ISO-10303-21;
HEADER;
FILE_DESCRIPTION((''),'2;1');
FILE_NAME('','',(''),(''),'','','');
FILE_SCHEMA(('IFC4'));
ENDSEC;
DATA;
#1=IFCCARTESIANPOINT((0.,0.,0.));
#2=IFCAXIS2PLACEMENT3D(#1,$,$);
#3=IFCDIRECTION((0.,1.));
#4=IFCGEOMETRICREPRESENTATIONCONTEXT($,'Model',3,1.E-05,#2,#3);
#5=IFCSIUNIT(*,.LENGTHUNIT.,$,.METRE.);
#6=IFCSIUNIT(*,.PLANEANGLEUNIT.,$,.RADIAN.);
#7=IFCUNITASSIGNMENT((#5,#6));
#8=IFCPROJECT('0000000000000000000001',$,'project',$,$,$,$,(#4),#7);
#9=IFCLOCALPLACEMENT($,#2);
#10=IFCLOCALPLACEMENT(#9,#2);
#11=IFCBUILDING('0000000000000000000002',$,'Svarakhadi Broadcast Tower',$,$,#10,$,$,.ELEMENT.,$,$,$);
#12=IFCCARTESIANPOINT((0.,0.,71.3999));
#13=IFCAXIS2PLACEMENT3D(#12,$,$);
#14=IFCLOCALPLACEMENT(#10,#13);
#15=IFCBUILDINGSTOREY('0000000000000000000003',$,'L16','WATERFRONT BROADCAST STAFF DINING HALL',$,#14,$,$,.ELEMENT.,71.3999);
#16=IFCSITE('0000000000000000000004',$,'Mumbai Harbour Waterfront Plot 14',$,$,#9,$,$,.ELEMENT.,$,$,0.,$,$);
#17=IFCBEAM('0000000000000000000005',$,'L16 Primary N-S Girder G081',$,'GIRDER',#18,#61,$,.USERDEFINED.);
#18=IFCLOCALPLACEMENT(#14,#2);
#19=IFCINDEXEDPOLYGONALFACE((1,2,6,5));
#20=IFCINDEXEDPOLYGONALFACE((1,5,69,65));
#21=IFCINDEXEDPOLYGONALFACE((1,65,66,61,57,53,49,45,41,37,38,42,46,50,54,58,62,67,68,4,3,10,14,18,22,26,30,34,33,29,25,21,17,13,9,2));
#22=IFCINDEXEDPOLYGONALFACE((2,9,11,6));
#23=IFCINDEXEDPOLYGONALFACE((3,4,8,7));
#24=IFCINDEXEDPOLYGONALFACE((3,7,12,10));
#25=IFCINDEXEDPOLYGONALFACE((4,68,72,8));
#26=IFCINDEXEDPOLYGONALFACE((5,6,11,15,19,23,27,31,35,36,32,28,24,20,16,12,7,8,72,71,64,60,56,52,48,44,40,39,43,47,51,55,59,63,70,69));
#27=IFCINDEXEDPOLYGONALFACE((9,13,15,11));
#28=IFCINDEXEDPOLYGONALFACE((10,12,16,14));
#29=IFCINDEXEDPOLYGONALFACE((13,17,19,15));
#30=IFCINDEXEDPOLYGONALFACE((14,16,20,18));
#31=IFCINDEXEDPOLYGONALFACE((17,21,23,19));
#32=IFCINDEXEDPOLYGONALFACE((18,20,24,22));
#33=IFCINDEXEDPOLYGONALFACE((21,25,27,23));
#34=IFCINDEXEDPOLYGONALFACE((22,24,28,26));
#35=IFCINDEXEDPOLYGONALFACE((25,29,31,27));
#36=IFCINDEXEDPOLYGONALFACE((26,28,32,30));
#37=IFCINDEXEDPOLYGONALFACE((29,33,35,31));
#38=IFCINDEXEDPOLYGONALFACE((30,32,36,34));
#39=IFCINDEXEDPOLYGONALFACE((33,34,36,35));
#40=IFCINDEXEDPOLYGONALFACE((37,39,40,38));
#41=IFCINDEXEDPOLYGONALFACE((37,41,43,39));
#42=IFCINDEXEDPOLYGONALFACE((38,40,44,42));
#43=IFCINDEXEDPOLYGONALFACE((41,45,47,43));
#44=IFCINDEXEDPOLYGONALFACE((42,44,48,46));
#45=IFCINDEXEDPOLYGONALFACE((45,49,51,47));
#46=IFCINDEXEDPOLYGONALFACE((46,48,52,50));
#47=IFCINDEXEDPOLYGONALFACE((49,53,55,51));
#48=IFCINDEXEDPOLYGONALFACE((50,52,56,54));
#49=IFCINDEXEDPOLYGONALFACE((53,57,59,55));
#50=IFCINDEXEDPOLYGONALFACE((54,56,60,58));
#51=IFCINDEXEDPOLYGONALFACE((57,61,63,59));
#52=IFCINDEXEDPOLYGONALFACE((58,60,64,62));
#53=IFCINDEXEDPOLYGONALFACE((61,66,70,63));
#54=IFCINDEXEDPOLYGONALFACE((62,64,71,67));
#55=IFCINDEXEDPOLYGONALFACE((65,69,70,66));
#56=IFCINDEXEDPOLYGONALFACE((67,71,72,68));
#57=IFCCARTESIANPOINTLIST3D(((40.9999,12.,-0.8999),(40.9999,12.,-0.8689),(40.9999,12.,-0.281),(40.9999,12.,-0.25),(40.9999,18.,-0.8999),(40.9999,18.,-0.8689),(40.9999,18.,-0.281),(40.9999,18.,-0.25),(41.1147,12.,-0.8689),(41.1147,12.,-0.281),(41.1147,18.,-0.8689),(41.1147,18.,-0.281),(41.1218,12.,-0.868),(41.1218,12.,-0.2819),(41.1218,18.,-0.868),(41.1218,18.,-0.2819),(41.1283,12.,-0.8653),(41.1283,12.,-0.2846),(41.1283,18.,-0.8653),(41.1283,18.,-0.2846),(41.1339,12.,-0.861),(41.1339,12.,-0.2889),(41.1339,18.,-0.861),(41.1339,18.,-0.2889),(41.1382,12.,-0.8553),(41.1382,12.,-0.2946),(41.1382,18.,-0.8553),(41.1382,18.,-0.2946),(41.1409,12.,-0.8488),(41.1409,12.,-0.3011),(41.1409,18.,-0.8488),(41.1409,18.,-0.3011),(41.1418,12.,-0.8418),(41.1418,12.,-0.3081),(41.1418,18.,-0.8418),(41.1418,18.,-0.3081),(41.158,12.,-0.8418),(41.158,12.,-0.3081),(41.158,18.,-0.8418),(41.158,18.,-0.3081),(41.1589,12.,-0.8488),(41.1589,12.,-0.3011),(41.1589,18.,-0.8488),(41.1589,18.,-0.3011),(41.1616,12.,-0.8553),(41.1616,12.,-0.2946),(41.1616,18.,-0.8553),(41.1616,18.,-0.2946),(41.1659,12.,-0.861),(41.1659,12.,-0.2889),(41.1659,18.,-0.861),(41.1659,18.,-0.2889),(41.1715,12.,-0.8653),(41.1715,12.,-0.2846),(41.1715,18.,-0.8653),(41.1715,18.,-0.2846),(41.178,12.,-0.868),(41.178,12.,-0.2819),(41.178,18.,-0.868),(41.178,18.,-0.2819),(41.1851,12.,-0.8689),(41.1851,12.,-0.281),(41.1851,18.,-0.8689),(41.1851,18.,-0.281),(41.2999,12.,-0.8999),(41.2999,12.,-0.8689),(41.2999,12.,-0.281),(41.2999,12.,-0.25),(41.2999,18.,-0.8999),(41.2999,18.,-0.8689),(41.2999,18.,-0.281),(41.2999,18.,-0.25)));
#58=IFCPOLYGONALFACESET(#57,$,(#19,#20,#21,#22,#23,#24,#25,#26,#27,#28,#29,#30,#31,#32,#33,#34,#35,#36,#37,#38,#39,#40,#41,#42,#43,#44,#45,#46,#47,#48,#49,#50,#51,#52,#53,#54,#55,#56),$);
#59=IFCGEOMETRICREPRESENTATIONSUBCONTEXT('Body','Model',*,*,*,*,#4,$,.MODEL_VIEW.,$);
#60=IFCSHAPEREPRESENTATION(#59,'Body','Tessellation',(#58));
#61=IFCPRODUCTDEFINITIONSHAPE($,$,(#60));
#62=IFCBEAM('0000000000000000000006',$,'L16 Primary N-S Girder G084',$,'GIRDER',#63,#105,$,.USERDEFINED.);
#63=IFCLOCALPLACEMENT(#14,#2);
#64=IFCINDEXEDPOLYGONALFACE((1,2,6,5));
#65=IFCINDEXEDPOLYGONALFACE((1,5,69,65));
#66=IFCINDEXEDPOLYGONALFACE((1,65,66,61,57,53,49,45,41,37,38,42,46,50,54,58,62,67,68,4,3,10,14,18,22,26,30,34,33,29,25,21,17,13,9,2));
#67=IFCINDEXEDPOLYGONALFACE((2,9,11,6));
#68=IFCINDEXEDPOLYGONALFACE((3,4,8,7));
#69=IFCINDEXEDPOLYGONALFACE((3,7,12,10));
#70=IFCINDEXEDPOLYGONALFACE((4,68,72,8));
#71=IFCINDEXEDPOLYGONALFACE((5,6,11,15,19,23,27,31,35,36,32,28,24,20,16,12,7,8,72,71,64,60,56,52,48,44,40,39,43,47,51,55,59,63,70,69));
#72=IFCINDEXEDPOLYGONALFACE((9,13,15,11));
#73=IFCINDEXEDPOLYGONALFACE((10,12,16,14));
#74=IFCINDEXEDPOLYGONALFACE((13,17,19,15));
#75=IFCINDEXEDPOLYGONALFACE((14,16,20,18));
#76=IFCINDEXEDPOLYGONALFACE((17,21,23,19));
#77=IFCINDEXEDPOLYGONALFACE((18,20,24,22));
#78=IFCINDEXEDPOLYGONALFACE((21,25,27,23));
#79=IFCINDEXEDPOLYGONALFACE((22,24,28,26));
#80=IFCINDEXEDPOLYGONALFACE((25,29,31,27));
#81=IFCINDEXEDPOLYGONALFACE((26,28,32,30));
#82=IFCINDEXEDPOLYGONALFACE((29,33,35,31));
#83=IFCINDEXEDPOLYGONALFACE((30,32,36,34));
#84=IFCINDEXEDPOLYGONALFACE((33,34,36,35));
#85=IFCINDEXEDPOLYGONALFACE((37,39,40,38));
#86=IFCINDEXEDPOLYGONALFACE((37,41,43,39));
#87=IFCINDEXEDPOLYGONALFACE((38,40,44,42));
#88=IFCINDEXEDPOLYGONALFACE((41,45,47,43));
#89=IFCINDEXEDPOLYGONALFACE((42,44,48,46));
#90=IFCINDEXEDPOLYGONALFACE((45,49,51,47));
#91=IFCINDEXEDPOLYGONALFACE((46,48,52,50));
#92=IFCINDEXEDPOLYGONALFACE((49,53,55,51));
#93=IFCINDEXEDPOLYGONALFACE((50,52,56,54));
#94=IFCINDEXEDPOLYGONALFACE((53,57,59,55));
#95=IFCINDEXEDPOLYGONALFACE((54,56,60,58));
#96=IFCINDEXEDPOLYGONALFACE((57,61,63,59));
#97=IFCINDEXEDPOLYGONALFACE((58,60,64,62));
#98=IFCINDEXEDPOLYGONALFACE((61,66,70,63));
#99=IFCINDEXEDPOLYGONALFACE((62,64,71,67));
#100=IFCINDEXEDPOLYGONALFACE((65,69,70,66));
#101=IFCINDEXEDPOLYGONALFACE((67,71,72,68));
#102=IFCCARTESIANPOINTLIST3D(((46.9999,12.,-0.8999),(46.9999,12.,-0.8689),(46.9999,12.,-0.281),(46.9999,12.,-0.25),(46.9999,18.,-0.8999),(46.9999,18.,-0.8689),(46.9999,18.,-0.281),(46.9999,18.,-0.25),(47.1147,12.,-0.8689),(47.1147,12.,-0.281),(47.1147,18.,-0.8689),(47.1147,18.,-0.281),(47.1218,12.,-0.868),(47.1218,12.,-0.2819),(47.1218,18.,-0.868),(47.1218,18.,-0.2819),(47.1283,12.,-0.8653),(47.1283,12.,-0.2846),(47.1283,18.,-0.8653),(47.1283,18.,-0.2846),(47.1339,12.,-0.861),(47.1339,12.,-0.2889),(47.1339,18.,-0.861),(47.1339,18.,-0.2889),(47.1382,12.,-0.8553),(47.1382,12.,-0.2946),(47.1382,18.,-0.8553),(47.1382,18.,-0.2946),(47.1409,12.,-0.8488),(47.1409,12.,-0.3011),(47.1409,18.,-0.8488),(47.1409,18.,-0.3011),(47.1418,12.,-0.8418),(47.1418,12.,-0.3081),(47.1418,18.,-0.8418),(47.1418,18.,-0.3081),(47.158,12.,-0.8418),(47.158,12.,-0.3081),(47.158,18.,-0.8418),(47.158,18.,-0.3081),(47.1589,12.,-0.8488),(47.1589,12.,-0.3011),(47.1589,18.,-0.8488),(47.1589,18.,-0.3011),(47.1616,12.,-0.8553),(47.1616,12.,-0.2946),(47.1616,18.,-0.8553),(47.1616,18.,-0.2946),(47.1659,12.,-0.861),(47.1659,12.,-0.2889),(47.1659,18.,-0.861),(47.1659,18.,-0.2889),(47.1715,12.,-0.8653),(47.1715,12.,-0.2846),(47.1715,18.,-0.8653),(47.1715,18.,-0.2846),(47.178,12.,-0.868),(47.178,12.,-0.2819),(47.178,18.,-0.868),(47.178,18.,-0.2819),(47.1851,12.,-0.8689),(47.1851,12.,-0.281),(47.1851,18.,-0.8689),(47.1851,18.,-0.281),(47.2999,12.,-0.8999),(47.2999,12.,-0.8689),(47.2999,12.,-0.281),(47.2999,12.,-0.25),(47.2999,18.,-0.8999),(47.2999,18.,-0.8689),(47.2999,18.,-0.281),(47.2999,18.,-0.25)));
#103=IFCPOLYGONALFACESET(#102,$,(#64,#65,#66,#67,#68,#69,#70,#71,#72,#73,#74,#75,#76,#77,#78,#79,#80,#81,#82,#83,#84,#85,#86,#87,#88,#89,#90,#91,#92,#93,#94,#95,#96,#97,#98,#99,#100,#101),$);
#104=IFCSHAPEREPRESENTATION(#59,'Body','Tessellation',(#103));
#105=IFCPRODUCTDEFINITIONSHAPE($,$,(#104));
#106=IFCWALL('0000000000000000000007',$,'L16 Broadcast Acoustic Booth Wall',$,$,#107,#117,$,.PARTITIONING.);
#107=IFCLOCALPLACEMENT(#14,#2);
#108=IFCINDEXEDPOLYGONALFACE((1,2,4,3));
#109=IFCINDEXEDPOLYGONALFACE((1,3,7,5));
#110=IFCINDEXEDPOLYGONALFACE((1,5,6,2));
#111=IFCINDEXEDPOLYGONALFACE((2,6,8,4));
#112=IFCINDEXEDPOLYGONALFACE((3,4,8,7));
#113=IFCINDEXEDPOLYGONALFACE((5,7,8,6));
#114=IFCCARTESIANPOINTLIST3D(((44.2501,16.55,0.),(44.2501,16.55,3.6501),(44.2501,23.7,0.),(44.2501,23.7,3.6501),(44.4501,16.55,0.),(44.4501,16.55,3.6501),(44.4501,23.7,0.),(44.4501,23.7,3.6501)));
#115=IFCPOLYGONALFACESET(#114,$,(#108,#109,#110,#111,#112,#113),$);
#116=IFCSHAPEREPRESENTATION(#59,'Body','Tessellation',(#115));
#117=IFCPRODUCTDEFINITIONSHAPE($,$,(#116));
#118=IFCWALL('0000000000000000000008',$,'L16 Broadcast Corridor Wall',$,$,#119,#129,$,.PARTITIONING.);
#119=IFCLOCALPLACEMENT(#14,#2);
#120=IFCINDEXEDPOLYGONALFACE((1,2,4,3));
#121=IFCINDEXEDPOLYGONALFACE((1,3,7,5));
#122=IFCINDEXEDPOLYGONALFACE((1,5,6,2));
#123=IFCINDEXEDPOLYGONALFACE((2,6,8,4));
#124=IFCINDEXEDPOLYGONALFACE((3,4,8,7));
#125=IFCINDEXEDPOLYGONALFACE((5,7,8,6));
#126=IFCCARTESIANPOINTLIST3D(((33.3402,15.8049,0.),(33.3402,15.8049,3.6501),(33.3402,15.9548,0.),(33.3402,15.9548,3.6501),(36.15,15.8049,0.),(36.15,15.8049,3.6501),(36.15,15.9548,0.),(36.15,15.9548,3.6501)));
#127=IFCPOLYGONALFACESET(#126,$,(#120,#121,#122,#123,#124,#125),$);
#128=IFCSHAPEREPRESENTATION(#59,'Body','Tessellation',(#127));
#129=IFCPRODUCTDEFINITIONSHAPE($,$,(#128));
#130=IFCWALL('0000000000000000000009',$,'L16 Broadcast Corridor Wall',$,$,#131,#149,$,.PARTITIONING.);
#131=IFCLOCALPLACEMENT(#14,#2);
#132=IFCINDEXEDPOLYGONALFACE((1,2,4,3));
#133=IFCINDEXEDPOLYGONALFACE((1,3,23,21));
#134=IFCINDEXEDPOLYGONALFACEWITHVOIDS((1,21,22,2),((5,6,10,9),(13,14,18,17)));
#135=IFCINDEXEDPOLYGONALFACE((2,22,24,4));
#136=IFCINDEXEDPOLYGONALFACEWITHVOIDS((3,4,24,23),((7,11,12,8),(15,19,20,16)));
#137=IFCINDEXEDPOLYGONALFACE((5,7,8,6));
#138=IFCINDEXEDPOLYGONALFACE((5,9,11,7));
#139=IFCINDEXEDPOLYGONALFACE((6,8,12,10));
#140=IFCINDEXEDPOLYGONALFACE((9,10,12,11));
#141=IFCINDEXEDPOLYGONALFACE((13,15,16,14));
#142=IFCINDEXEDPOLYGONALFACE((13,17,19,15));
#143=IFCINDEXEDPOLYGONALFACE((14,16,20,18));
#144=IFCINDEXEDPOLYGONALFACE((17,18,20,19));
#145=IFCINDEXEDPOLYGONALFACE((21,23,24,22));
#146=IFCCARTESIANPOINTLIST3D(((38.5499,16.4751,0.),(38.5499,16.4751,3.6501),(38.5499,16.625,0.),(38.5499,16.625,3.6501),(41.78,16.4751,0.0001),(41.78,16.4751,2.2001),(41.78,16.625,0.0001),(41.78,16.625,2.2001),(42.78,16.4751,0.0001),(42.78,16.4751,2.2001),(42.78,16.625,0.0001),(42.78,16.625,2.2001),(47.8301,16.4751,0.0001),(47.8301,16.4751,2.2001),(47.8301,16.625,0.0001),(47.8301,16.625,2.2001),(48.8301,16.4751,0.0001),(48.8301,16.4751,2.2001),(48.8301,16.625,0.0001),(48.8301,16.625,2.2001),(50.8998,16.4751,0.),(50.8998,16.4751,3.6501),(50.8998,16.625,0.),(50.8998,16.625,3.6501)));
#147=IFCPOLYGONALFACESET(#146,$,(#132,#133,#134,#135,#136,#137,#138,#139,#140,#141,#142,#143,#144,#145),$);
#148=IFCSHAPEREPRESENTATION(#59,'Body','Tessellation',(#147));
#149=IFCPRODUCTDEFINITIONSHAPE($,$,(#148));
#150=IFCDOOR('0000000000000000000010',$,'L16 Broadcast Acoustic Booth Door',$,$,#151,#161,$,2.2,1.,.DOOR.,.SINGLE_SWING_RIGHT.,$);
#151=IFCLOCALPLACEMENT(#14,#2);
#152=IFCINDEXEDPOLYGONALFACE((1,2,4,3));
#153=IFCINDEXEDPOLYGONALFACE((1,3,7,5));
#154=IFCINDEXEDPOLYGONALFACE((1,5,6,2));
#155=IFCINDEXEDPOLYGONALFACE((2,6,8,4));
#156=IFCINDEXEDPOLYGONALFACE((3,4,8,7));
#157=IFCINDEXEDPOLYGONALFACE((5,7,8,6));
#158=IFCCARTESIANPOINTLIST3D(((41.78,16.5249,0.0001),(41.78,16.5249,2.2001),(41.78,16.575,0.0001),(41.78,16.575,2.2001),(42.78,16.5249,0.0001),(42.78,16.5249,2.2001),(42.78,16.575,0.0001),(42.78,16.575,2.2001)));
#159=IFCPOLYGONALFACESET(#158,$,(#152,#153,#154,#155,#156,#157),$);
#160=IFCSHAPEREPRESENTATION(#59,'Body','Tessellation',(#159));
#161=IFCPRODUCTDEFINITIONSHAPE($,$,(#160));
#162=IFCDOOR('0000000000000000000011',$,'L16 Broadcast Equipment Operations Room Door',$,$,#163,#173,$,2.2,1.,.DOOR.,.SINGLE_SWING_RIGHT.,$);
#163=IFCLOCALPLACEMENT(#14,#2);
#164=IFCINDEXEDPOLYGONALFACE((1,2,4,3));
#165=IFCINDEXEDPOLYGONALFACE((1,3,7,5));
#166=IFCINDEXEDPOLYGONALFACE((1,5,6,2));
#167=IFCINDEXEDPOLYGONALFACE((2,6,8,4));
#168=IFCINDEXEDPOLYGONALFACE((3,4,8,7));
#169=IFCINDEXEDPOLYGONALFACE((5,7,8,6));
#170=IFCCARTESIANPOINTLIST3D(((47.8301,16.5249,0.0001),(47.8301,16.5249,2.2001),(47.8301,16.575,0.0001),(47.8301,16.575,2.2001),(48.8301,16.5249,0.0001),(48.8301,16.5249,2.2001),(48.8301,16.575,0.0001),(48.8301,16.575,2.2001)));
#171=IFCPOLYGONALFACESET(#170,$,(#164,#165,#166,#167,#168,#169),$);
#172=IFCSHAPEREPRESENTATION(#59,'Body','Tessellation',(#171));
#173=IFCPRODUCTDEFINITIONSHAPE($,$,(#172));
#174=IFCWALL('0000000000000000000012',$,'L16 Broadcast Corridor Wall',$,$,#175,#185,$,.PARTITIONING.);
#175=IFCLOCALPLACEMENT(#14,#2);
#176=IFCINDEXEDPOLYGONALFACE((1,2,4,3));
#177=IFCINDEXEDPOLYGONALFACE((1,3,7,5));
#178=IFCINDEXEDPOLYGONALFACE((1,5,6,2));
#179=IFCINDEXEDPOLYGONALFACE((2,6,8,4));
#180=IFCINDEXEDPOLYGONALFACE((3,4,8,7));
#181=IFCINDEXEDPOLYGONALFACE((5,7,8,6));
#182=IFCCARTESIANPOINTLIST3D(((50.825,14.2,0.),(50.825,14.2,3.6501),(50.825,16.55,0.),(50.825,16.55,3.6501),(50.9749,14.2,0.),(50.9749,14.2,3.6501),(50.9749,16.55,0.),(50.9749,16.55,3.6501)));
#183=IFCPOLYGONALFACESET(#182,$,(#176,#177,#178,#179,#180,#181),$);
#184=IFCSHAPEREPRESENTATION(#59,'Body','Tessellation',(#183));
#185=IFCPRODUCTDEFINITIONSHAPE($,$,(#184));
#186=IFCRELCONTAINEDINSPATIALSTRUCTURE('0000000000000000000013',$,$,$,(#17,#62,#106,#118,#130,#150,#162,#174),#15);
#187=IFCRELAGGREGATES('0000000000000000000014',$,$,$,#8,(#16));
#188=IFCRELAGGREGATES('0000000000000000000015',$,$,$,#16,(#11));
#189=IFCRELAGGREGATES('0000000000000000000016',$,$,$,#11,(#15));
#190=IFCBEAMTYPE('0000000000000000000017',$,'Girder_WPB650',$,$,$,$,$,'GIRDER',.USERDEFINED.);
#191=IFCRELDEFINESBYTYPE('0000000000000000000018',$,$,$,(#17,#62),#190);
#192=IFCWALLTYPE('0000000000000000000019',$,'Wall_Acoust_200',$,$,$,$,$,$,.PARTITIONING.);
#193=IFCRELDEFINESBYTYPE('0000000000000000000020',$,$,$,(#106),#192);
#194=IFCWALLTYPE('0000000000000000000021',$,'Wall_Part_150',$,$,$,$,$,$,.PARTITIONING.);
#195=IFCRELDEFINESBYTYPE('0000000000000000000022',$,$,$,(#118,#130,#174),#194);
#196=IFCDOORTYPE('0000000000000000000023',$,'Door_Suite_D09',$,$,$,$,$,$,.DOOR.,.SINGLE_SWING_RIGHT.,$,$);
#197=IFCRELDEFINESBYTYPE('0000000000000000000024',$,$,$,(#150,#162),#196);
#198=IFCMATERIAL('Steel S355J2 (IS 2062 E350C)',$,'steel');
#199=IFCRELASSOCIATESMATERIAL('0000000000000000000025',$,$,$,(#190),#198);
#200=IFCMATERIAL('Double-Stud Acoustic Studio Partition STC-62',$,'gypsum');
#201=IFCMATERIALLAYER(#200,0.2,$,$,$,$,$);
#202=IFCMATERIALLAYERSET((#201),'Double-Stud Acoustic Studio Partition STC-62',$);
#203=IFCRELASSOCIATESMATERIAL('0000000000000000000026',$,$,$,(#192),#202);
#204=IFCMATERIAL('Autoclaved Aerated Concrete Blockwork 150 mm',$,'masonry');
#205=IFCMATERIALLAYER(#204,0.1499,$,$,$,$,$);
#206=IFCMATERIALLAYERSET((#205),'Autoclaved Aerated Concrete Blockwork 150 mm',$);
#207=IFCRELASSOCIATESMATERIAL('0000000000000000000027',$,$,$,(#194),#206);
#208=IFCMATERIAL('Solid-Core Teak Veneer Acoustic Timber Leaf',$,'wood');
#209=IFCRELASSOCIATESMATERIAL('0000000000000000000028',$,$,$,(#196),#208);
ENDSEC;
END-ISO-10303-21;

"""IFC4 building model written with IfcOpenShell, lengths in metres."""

from ifc_helpers import new_model, si_unit, direction, frame, frame_2d, origin, origin_2d, place, context, subcontext, project, spatial, rectangle, i_section, extrude, material, layer, layer_set, material_profile, profile_set, type_object, element, fill, save


model = new_model("IFC4")

# Units and contexts
model_context = context("Model", 3, precision=1e-05, world=origin(), true_north=direction((0.0, 1.0)))
body_context = subcontext(model_context, "Body", "Model", "MODEL_VIEW")
ifc_project = project(units=[si_unit("LENGTHUNIT", "METRE"), si_unit("PLANEANGLEUNIT", "RADIAN")], contexts=[model_context])

# Site, building, storey
site_placement = place(None, origin())
site = spatial("IfcSite", under=ifc_project, at=site_placement, Name="Mumbai Harbour Waterfront Plot 14", CompositionType="ELEMENT", RefElevation=0.0)
building_placement = place(site_placement, origin())
building = spatial("IfcBuilding", under=site, at=building_placement, Name="Svarakhadi Broadcast Tower", CompositionType="ELEMENT")
storey_placement = place(building_placement, frame((0.0, 0.0, 71.3999)))
storey = spatial("IfcBuildingStorey", under=building, at=storey_placement, Name="L16", Description="WATERFRONT BROADCAST STAFF DINING HALL", CompositionType="ELEMENT", Elevation=71.3999)

# Beams
ifc_material_1 = material(Name="Steel S355J2 (IS 2062 E350C)", Category="steel")
ifc_material_profile_1 = material_profile(ifc_material_1, i_section(OverallWidth=0.3, OverallDepth=0.6499, WebThickness=0.0161, FlangeThickness=0.031, FilletRadius=0.0271, at=origin_2d()), Name="WPB 650x300x225")
ifc_profile_set_1 = profile_set([ifc_material_profile_1], Name="Steel S355J2 (IS 2062 E350C)")
beam_type_1 = type_object("IfcBeamType", Name="Girder_WPB650", ElementType="GIRDER", PredefinedType="USERDEFINED", material=ifc_profile_set_1)
for number, where, z_axis, x_axis, name in (
    (1, (41.1499, 12.0, -0.575), (0.0, 1.0, 0.0), (-1.0, 0.0, 0.0), "L16 Primary N-S Girder G081"),
    (2, (47.1499, 12.0, -0.575), (0.0, 1.0, 0.0), (-1.0, 0.0, 0.0), "L16 Primary N-S Girder G084"),
):
    element("IfcBeam", number, at=place(storey_placement, frame(where, z_axis=z_axis, x_axis=x_axis)), inside=storey, type_object=beam_type_1, Name=name, ObjectType="GIRDER", PredefinedType="USERDEFINED", context=body_context, shape_type="SweptSolid", body=[
        extrude(i_section(OverallWidth=0.3, OverallDepth=0.6499, WebThickness=0.0161, FlangeThickness=0.031, FilletRadius=0.0271, at=origin_2d()), origin(), (0.0, 0.0, 1.0), 6.0),
    ])

# Walls
ifc_material_2 = material(Name="Double-Stud Acoustic Studio Partition STC-62", Category="gypsum")
ifc_layer_1 = layer(ifc_material_2, 0.2)
ifc_layer_set_1 = layer_set([ifc_layer_1], Name="Double-Stud Acoustic Studio Partition STC-62")
wall_type_1 = type_object("IfcWallType", Name="Wall_Acoust_200", PredefinedType="PARTITIONING", material=ifc_layer_set_1)
wall_1_placement = place(storey_placement, frame((44.3501, 16.55, 0.0), z_axis=(0.0, 0.0, 1.0), x_axis=(0.0, 1.0, 0.0)))
element("IfcWall", 3, at=wall_1_placement, inside=storey, type_object=wall_type_1, Name="L16 Broadcast Acoustic Booth Wall", PredefinedType="PARTITIONING", context=body_context, shape_type="SweptSolid", body=[
    extrude(rectangle(XDim=7.1499, YDim=0.2, at=frame_2d((3.575, 0.0))), origin(), (0.0, 0.0, 1.0), 3.6501),
])
ifc_material_3 = material(Name="Autoclaved Aerated Concrete Blockwork 150 mm", Category="masonry")
ifc_layer_2 = layer(ifc_material_3, 0.1499)
ifc_layer_set_2 = layer_set([ifc_layer_2], Name="Autoclaved Aerated Concrete Blockwork 150 mm")
wall_type_2 = type_object("IfcWallType", Name="Wall_Part_150", PredefinedType="PARTITIONING", material=ifc_layer_set_2)
wall_2_placement = place(storey_placement, frame((36.1499, 15.8799, 0.0), z_axis=(0.0, 0.0, 1.0), x_axis=(-1.0, 0.0, 0.0)))
element("IfcWall", 4, at=wall_2_placement, inside=storey, type_object=wall_type_2, Name="L16 Broadcast Corridor Wall", PredefinedType="PARTITIONING", context=body_context, shape_type="SweptSolid", body=[
    extrude(rectangle(XDim=2.8098, YDim=0.1499, at=frame_2d((1.4048, 0.0))), origin(), (0.0, 0.0, 1.0), 3.6501),
])

# Wall, openings, doors
wall_3_placement = place(storey_placement, frame((38.55, 16.55, 0.0), z_axis=(0.0, 0.0, 1.0), x_axis=(1.0, 0.0, 0.0)))
wall_3 = element("IfcWall", 5, at=wall_3_placement, inside=storey, type_object=wall_type_2, Name="L16 Broadcast Corridor Wall", PredefinedType="PARTITIONING", context=body_context, shape_type="SweptSolid", body=[
    extrude(rectangle(XDim=12.3499, YDim=0.1499, at=frame_2d((6.1748, 0.0))), origin(), (0.0, 0.0, 1.0), 3.6501),
])
opening_1_placement = place(wall_3_placement, frame((3.23, 0.0, 0.0)))
opening_1 = element("IfcOpeningElement", 6, at=opening_1_placement, cuts=wall_3, PredefinedType="OPENING", context=body_context, shape_type="SweptSolid", body=[
    extrude(rectangle(XDim=1.0, YDim=2.2, at=frame_2d((0.5, 1.1001))), frame((0.0, 0.085, 0.0), z_axis=(0.0, -1.0, 0.0), x_axis=(1.0, 0.0, 0.0)), (0.0, 0.0, 1.0), 0.1699),
])
opening_2_placement = place(wall_3_placement, frame((9.28, 0.0, 0.0)))
opening_2 = element("IfcOpeningElement", 7, at=opening_2_placement, cuts=wall_3, PredefinedType="OPENING", context=body_context, shape_type="SweptSolid", body=[
    extrude(rectangle(XDim=1.0, YDim=2.2, at=frame_2d((0.5, 1.1001))), frame((0.0, 0.085, 0.0), z_axis=(0.0, -1.0, 0.0), x_axis=(1.0, 0.0, 0.0)), (0.0, 0.0, 1.0), 0.1699),
])
ifc_material_4 = material(Name="Solid-Core Teak Veneer Acoustic Timber Leaf", Category="wood")
door_type_1 = type_object("IfcDoorType", Name="Door_Suite_D09", OperationType="SINGLE_SWING_RIGHT", PredefinedType="DOOR", material=ifc_material_4)
door_1_placement = place(opening_1_placement, origin())
door_1 = element("IfcDoor", 8, at=door_1_placement, inside=storey, type_object=door_type_1, Name="L16 Broadcast Acoustic Booth Door", OperationType="SINGLE_SWING_RIGHT", OverallHeight=2.2, OverallWidth=1.0, PredefinedType="DOOR", context=body_context, shape_type="SweptSolid", body=[
    extrude(rectangle(XDim=1.0, YDim=2.2, at=frame_2d((0.5, 1.1001))), frame((0.0, 0.0249, 0.0), z_axis=(0.0, -1.0, 0.0), x_axis=(1.0, 0.0, 0.0)), (0.0, 0.0, 1.0), 0.05),
])
fill(opening_1, door_1)
door_2_placement = place(opening_2_placement, origin())
door_2 = element("IfcDoor", 9, at=door_2_placement, inside=storey, type_object=door_type_1, Name="L16 Broadcast Equipment Operations Room Door", OperationType="SINGLE_SWING_RIGHT", OverallHeight=2.2, OverallWidth=1.0, PredefinedType="DOOR", context=body_context, shape_type="SweptSolid", body=[
    extrude(rectangle(XDim=1.0, YDim=2.2, at=frame_2d((0.5, 1.1001))), frame((0.0, 0.0249, 0.0), z_axis=(0.0, -1.0, 0.0), x_axis=(1.0, 0.0, 0.0)), (0.0, 0.0, 1.0), 0.05),
])
fill(opening_2, door_2)

# Wall
wall_4_placement = place(storey_placement, frame((50.8999, 16.55, 0.0), z_axis=(0.0, 0.0, 1.0), x_axis=(0.0, -1.0, 0.0)))
element("IfcWall", 10, at=wall_4_placement, inside=storey, type_object=wall_type_2, Name="L16 Broadcast Corridor Wall", PredefinedType="PARTITIONING", context=body_context, shape_type="SweptSolid", body=[
    extrude(rectangle(XDim=2.3501, YDim=0.1499, at=frame_2d((1.175, 0.0))), origin(), (0.0, 0.0, 1.0), 3.6501),
])

save(model, "model.ifc")
